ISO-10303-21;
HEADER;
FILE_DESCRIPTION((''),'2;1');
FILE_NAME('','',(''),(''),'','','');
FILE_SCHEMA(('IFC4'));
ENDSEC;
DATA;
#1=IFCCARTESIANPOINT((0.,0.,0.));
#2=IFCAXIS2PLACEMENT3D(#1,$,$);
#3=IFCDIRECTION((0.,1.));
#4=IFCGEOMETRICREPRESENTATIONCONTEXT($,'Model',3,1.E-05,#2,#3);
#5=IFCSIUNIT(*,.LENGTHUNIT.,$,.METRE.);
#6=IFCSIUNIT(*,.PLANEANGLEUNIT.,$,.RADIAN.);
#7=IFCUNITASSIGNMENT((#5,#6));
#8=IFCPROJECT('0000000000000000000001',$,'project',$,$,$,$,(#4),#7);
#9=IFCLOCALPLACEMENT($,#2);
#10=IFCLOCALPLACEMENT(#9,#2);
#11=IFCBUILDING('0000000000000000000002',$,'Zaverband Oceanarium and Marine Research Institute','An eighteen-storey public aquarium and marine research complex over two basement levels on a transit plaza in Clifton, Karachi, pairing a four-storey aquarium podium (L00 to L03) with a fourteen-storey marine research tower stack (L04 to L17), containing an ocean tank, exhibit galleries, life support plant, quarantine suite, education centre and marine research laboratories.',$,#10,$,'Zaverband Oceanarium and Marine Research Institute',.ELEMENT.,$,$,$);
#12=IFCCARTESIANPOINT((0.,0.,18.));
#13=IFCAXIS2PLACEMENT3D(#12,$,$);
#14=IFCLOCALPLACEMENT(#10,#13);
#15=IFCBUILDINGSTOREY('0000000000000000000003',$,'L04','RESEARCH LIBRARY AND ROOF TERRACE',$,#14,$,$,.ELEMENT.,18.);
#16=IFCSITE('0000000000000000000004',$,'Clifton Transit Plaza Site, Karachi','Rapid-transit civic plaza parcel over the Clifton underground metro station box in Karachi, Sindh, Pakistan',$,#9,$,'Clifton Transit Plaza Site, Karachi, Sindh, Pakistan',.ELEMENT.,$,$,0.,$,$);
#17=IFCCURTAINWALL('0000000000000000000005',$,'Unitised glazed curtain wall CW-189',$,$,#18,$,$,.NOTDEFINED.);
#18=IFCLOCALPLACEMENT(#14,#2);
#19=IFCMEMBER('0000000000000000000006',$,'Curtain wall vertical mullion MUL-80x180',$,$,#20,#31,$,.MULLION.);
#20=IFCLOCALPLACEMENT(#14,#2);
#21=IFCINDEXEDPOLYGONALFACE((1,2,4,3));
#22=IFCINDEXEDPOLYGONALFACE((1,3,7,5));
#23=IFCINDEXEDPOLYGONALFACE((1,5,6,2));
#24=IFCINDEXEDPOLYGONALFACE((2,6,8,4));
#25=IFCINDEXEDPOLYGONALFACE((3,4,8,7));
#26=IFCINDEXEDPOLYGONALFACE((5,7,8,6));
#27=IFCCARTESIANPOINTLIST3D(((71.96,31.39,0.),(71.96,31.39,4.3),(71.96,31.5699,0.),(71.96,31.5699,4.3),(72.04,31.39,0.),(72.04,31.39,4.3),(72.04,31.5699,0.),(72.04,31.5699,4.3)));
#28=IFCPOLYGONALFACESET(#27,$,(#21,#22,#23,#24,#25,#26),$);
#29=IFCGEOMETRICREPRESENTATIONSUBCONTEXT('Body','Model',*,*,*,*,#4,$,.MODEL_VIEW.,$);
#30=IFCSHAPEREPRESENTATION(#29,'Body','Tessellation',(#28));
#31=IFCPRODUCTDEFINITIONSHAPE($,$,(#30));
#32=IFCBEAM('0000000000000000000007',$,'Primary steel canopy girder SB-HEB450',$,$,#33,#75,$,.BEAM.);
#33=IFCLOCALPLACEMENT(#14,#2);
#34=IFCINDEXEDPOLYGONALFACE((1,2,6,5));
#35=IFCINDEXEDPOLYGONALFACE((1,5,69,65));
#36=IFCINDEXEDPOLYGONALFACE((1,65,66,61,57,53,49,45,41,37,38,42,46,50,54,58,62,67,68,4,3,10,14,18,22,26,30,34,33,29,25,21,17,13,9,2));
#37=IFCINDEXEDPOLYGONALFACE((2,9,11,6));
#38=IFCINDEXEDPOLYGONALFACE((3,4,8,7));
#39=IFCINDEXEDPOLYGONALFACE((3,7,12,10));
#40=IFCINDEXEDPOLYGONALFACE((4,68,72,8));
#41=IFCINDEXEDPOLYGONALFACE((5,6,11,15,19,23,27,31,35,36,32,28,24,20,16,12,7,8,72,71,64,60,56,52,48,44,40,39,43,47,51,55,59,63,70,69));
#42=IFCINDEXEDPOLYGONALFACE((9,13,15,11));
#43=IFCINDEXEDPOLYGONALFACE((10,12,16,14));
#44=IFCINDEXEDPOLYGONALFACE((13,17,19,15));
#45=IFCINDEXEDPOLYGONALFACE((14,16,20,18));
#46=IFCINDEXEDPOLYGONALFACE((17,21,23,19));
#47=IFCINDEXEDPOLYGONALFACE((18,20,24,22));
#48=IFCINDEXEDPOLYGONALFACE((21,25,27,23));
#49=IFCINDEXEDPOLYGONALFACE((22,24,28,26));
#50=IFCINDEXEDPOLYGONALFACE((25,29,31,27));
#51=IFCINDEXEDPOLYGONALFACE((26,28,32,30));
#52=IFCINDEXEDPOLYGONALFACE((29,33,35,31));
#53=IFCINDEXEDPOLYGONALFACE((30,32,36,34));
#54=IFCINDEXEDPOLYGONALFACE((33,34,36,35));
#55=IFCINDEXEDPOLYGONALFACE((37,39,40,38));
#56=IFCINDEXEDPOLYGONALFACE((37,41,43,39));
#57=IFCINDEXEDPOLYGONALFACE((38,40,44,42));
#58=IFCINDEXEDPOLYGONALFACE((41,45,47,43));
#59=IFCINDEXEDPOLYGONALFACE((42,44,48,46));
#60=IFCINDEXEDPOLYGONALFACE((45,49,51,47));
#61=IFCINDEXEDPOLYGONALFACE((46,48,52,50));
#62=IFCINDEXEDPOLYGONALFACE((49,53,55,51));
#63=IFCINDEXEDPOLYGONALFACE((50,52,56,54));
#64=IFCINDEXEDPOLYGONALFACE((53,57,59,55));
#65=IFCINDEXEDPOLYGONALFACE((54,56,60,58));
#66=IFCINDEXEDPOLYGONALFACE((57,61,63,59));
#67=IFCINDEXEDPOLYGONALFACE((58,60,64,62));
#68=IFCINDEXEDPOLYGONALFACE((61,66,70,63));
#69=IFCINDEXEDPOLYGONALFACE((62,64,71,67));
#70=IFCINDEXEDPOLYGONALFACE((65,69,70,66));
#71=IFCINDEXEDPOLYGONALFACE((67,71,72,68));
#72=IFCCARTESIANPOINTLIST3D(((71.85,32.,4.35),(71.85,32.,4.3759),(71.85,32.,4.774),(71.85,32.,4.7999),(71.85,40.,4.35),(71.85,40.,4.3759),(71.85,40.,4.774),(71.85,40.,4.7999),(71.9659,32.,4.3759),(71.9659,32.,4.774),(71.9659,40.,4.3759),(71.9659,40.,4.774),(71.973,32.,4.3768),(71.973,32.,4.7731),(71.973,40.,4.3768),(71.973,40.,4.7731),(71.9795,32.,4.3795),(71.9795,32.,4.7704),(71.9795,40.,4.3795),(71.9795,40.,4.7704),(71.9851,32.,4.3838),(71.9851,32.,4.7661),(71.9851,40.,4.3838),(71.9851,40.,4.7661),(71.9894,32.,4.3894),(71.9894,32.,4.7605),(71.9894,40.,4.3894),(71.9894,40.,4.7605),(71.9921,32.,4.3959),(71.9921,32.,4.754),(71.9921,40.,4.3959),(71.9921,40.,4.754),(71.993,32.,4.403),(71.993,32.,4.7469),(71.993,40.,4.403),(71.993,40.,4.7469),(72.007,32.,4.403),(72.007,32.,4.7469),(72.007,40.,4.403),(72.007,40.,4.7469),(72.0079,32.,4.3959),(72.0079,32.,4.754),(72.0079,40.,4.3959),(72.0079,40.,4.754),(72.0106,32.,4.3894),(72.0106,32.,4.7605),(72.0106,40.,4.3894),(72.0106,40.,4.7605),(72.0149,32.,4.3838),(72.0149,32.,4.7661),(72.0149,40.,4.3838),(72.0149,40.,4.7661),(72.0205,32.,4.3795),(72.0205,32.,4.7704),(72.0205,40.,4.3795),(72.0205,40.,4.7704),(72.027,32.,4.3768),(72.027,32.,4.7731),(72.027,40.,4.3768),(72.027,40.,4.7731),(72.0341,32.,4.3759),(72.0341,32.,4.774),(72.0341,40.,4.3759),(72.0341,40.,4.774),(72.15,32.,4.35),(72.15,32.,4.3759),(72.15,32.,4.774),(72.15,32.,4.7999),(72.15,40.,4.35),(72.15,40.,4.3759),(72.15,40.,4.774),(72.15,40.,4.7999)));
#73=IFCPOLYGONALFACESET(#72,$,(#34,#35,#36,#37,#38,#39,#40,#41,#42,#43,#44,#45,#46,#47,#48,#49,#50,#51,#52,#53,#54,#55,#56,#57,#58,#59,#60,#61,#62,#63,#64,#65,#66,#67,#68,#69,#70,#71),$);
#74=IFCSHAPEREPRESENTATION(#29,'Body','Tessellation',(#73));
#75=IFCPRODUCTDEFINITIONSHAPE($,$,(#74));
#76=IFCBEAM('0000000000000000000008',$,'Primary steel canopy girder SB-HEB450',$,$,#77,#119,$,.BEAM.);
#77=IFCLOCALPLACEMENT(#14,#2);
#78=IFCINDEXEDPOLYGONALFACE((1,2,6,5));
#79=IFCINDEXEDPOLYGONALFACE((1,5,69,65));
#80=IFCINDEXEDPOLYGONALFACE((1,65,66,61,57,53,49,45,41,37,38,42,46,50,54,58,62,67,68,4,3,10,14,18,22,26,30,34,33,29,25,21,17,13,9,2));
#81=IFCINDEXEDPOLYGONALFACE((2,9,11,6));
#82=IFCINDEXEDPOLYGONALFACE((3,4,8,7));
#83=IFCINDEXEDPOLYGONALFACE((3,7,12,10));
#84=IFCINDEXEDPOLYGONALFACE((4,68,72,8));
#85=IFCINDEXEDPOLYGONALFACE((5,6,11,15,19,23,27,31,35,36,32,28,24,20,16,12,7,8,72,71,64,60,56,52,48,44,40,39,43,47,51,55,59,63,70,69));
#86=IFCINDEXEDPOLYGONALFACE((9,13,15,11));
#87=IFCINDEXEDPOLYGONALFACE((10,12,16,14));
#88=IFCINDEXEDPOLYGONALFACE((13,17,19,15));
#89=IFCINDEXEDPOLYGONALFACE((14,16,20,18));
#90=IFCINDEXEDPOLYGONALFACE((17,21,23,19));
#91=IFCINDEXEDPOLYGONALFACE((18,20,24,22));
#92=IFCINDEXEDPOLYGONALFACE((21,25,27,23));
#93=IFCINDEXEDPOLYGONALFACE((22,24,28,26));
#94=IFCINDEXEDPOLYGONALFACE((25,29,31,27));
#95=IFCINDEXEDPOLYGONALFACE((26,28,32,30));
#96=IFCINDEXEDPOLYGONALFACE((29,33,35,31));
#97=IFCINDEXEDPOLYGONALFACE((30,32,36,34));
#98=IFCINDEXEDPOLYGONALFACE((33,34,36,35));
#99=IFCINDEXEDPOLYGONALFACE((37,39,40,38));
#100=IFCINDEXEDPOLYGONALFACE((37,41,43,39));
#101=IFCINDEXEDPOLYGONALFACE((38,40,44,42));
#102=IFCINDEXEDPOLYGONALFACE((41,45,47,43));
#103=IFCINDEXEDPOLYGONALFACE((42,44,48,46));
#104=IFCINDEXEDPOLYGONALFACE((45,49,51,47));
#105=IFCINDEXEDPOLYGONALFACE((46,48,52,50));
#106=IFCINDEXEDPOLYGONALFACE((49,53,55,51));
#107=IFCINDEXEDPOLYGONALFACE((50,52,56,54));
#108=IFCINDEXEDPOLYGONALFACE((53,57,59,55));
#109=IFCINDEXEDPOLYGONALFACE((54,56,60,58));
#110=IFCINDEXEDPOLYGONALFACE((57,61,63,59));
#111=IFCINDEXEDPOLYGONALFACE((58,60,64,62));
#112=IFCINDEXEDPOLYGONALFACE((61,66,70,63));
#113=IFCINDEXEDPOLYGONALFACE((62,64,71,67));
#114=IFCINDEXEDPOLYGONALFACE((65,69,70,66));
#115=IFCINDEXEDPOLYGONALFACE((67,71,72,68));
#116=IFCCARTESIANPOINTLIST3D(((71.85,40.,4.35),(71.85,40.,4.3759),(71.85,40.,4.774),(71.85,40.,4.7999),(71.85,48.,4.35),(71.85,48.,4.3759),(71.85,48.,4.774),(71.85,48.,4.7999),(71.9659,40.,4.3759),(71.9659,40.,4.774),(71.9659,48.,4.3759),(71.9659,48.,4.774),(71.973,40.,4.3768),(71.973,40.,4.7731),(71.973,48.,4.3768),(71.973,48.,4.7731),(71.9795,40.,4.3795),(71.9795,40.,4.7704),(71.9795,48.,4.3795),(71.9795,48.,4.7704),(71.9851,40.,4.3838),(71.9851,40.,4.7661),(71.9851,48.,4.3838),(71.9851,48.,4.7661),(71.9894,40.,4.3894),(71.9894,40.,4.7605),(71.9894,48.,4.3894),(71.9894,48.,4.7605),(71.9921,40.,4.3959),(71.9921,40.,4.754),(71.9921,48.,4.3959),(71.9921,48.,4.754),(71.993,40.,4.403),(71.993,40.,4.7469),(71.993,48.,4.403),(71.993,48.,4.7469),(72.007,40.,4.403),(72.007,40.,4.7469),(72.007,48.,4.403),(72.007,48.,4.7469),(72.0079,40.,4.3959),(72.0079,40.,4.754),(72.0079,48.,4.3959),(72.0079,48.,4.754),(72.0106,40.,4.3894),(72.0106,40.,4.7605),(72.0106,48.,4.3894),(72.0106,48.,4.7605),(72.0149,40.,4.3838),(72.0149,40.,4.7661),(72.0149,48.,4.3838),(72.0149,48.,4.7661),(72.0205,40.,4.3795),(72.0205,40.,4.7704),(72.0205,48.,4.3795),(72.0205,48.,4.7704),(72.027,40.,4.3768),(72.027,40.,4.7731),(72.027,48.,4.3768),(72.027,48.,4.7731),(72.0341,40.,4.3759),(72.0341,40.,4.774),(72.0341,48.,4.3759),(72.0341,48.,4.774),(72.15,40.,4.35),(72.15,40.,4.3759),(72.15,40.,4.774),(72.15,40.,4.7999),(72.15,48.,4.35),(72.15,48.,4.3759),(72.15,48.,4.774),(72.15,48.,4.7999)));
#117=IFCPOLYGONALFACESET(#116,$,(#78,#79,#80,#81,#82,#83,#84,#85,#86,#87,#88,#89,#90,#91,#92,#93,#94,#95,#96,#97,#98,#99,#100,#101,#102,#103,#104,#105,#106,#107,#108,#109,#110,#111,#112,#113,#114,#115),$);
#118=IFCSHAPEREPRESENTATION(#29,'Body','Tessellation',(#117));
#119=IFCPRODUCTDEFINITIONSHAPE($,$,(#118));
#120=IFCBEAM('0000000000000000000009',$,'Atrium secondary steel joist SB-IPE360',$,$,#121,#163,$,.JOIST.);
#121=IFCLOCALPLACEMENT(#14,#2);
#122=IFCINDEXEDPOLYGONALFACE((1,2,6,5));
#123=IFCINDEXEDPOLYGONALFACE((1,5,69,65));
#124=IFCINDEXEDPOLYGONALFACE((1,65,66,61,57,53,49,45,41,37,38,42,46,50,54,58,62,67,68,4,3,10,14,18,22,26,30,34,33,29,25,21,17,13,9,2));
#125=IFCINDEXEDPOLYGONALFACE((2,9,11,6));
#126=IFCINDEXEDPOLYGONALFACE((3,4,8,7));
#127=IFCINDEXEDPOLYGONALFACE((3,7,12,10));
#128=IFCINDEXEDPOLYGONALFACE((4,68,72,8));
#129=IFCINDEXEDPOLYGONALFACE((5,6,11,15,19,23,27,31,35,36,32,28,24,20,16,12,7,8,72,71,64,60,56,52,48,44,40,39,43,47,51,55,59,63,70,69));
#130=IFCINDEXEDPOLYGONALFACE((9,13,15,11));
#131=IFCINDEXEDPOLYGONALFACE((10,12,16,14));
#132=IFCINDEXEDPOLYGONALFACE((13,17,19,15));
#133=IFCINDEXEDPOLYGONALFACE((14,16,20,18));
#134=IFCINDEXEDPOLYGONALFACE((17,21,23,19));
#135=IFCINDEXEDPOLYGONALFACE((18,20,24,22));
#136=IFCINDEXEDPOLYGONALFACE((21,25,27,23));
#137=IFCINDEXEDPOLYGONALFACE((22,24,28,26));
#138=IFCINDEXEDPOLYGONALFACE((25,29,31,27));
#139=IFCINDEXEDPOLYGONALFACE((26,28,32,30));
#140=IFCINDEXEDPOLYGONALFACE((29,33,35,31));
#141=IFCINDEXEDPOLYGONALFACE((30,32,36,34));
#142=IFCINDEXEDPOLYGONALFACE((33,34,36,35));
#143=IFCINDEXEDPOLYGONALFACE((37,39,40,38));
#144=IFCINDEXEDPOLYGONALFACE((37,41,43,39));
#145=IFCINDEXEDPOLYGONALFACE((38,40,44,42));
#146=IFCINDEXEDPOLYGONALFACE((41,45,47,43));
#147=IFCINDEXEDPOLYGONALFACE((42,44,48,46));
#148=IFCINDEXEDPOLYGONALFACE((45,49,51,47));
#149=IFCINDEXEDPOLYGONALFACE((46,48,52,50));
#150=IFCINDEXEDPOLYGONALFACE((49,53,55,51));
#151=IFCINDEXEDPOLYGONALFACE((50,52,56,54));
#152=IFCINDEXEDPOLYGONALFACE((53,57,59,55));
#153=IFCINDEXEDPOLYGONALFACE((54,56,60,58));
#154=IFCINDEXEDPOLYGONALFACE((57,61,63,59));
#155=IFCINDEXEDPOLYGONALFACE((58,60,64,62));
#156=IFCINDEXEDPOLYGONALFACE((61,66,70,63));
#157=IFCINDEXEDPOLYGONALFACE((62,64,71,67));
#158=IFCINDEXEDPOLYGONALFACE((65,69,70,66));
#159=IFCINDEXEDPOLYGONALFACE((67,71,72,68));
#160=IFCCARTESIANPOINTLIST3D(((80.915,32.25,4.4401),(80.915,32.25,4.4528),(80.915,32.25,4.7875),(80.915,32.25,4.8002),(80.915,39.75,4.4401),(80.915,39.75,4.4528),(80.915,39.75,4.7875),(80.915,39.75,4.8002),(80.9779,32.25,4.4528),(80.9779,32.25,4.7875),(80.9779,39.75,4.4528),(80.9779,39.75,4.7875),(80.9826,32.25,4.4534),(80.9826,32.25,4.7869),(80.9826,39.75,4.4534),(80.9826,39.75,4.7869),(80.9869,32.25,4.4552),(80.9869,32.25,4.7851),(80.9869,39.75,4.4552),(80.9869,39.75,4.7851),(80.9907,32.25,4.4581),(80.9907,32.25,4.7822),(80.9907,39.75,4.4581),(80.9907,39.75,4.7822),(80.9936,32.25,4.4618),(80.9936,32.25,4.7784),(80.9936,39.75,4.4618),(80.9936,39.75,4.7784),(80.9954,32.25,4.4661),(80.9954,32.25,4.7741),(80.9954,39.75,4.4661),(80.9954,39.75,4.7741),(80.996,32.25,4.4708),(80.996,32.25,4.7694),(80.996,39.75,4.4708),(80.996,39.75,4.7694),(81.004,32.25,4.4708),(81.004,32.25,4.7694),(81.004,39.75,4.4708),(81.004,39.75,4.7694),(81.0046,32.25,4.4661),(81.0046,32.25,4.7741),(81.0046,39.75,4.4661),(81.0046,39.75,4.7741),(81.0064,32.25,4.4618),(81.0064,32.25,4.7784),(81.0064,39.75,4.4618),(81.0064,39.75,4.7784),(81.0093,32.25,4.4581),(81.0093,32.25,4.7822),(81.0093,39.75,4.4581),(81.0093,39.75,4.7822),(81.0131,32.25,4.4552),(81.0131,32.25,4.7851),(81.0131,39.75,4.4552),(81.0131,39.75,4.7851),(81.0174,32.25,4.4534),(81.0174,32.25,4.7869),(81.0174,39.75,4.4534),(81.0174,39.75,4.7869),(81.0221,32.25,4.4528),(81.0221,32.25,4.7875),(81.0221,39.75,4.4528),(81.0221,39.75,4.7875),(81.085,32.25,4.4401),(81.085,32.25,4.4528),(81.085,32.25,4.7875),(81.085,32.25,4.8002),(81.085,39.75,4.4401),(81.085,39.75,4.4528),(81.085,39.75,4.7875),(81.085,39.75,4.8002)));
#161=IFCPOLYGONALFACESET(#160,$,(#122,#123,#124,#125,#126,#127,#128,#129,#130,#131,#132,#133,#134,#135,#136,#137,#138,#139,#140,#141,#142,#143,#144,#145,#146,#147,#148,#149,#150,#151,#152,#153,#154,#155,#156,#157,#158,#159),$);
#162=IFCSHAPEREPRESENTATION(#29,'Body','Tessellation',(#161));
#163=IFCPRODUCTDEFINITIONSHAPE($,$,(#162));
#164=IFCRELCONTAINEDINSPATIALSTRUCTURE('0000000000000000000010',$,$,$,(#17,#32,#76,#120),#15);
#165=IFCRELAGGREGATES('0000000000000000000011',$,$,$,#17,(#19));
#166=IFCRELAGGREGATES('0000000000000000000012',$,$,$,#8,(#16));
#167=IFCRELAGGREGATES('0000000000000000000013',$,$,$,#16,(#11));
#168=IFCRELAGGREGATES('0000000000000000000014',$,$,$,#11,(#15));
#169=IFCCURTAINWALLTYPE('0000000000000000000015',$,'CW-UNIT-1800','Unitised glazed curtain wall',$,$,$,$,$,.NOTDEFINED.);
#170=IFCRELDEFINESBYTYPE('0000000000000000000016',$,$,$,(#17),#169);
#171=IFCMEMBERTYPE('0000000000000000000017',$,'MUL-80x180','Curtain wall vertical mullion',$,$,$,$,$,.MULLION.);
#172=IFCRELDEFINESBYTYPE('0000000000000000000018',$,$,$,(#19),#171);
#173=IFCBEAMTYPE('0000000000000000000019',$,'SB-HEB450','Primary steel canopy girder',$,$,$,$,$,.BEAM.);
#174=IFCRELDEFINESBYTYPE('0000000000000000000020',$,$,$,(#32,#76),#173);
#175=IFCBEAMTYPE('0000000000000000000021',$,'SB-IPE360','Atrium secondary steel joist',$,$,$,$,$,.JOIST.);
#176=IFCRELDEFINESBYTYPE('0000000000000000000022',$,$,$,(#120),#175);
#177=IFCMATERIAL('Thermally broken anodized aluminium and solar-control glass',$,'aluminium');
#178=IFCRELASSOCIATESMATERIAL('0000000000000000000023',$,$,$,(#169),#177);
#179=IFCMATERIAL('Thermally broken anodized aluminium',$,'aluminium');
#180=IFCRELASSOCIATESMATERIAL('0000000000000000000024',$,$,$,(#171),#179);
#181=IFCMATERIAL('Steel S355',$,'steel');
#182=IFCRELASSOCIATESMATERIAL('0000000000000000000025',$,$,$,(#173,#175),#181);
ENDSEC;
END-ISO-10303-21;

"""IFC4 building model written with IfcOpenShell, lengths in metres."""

from ifc_helpers import new_model, si_unit, direction, frame, origin, origin_2d, place, context, subcontext, project, spatial, rectangle, i_section, extrude, material, material_profile, profile_set, type_object, element, aggregate, save


model = new_model("IFC4")

# Units and contexts
model_context = context("Model", 3, precision=1e-05, world=origin(), true_north=direction((0.0, 1.0)))
body_context = subcontext(model_context, "Body", "Model", "MODEL_VIEW")
ifc_project = project(units=[si_unit("LENGTHUNIT", "METRE"), si_unit("PLANEANGLEUNIT", "RADIAN")], contexts=[model_context])

# Site, building, storey
site_placement = place(None, origin())
site = spatial("IfcSite", under=ifc_project, at=site_placement, Name="Clifton Transit Plaza Site, Karachi", Description="Rapid-transit civic plaza parcel over the Clifton underground metro station box in Karachi, Sindh, Pakistan", LongName="Clifton Transit Plaza Site, Karachi, Sindh, Pakistan", CompositionType="ELEMENT", RefElevation=0.0)
building_placement = place(site_placement, origin())
building = spatial("IfcBuilding", under=site, at=building_placement, Name="Zaverband Oceanarium and Marine Research Institute", Description="An eighteen-storey public aquarium and marine research complex over two basement levels on a transit plaza in Clifton, Karachi, pairing a four-storey aquarium podium (L00 to L03) with a fourteen-storey marine research tower stack (L04 to L17), containing an ocean tank, exhibit galleries, life support plant, quarantine suite, education centre and marine research laboratories.", LongName="Zaverband Oceanarium and Marine Research Institute", CompositionType="ELEMENT")
storey_placement = place(building_placement, frame((0.0, 0.0, 18.0)))
storey = spatial("IfcBuildingStorey", under=building, at=storey_placement, Name="L04", Description="RESEARCH LIBRARY AND ROOF TERRACE", CompositionType="ELEMENT", Elevation=18.0)

# Shared definitions
ifc_material_1 = material(Name="Steel S355", Category="steel")

# Curtain wall, member
ifc_material_2 = material(Name="Thermally broken anodized aluminium and solar-control glass", Category="aluminium")
curtain_wall_type = type_object("IfcCurtainWallType", Name="CW-UNIT-1800", Description="Unitised glazed curtain wall", PredefinedType="NOTDEFINED", material=ifc_material_2)
curtain_wall_placement = place(storey_placement, origin())
curtain_wall = element("IfcCurtainWall", 1, at=curtain_wall_placement, inside=storey, type_object=curtain_wall_type, Name="Unitised glazed curtain wall CW-189", PredefinedType="NOTDEFINED")
ifc_material_3 = material(Name="Thermally broken anodized aluminium", Category="aluminium")
ifc_material_profile_1 = material_profile(ifc_material_3, rectangle(XDim=0.0801, YDim=0.1799, at=origin_2d()), Name="AL-MUL-80x180")
ifc_profile_set_1 = profile_set([ifc_material_profile_1], Name="Thermally broken anodized aluminium")
member_type_1 = type_object("IfcMemberType", Name="MUL-80x180", Description="Curtain wall vertical mullion", PredefinedType="MULLION", material=ifc_profile_set_1)
member_1_placement = place(storey_placement, frame((72.0, 31.48, 0.0), z_axis=(0.0, 0.0, 1.0), x_axis=(1.0, 0.0, 0.0)))
member_1 = element("IfcMember", 2, at=member_1_placement, type_object=member_type_1, Name="Curtain wall vertical mullion MUL-80x180", PredefinedType="MULLION", context=body_context, shape_type="SweptSolid", body=[
    extrude(rectangle(XDim=0.0801, YDim=0.1799, at=origin_2d()), origin(), (0.0, 0.0, 1.0), 4.3),
])

# Beams
ifc_material_profile_2 = material_profile(ifc_material_1, i_section(OverallWidth=0.3, OverallDepth=0.45, WebThickness=0.0139, FlangeThickness=0.0259, FilletRadius=0.0271, at=origin_2d()), Name="HEB450")
ifc_profile_set_2 = profile_set([ifc_material_profile_2], Name="Steel S355")
beam_type_1 = type_object("IfcBeamType", Name="SB-HEB450", Description="Primary steel canopy girder", PredefinedType="BEAM", material=ifc_profile_set_2)
for number, where, z_axis, x_axis, name in (
    (3, (72.0, 32.0, 4.575), (0.0, 1.0, 0.0), (-1.0, 0.0, 0.0), "Primary steel canopy girder SB-HEB450"),
    (4, (72.0, 40.0, 4.575), (0.0, 1.0, 0.0), (-1.0, 0.0, 0.0), "Primary steel canopy girder SB-HEB450"),
):
    element("IfcBeam", number, at=place(storey_placement, frame(where, z_axis=z_axis, x_axis=x_axis)), inside=storey, type_object=beam_type_1, Name=name, PredefinedType="BEAM", context=body_context, shape_type="SweptSolid", body=[
        extrude(i_section(OverallWidth=0.3, OverallDepth=0.45, WebThickness=0.0139, FlangeThickness=0.0259, FilletRadius=0.0271, at=origin_2d()), origin(), (0.0, 0.0, 1.0), 8.0),
    ])
ifc_material_profile_3 = material_profile(ifc_material_1, i_section(OverallWidth=0.1699, OverallDepth=0.3601, WebThickness=0.0081, FlangeThickness=0.0127, FilletRadius=0.0181, at=origin_2d()), Name="IPE360")
ifc_profile_set_3 = profile_set([ifc_material_profile_3], Name="Steel S355")
beam_type_2 = type_object("IfcBeamType", Name="SB-IPE360", Description="Atrium secondary steel joist", PredefinedType="JOIST", material=ifc_profile_set_3)
beam_1_placement = place(storey_placement, frame((81.0, 32.25, 4.6201), z_axis=(0.0, 1.0, 0.0), x_axis=(-1.0, 0.0, 0.0)))
element("IfcBeam", 5, at=beam_1_placement, inside=storey, type_object=beam_type_2, Name="Atrium secondary steel joist SB-IPE360", PredefinedType="JOIST", context=body_context, shape_type="SweptSolid", body=[
    extrude(i_section(OverallWidth=0.1699, OverallDepth=0.3601, WebThickness=0.0081, FlangeThickness=0.0127, FilletRadius=0.0181, at=origin_2d()), origin(), (0.0, 0.0, 1.0), 7.5),
])

aggregate(curtain_wall, [member_1])

save(model, "model.ifc")
